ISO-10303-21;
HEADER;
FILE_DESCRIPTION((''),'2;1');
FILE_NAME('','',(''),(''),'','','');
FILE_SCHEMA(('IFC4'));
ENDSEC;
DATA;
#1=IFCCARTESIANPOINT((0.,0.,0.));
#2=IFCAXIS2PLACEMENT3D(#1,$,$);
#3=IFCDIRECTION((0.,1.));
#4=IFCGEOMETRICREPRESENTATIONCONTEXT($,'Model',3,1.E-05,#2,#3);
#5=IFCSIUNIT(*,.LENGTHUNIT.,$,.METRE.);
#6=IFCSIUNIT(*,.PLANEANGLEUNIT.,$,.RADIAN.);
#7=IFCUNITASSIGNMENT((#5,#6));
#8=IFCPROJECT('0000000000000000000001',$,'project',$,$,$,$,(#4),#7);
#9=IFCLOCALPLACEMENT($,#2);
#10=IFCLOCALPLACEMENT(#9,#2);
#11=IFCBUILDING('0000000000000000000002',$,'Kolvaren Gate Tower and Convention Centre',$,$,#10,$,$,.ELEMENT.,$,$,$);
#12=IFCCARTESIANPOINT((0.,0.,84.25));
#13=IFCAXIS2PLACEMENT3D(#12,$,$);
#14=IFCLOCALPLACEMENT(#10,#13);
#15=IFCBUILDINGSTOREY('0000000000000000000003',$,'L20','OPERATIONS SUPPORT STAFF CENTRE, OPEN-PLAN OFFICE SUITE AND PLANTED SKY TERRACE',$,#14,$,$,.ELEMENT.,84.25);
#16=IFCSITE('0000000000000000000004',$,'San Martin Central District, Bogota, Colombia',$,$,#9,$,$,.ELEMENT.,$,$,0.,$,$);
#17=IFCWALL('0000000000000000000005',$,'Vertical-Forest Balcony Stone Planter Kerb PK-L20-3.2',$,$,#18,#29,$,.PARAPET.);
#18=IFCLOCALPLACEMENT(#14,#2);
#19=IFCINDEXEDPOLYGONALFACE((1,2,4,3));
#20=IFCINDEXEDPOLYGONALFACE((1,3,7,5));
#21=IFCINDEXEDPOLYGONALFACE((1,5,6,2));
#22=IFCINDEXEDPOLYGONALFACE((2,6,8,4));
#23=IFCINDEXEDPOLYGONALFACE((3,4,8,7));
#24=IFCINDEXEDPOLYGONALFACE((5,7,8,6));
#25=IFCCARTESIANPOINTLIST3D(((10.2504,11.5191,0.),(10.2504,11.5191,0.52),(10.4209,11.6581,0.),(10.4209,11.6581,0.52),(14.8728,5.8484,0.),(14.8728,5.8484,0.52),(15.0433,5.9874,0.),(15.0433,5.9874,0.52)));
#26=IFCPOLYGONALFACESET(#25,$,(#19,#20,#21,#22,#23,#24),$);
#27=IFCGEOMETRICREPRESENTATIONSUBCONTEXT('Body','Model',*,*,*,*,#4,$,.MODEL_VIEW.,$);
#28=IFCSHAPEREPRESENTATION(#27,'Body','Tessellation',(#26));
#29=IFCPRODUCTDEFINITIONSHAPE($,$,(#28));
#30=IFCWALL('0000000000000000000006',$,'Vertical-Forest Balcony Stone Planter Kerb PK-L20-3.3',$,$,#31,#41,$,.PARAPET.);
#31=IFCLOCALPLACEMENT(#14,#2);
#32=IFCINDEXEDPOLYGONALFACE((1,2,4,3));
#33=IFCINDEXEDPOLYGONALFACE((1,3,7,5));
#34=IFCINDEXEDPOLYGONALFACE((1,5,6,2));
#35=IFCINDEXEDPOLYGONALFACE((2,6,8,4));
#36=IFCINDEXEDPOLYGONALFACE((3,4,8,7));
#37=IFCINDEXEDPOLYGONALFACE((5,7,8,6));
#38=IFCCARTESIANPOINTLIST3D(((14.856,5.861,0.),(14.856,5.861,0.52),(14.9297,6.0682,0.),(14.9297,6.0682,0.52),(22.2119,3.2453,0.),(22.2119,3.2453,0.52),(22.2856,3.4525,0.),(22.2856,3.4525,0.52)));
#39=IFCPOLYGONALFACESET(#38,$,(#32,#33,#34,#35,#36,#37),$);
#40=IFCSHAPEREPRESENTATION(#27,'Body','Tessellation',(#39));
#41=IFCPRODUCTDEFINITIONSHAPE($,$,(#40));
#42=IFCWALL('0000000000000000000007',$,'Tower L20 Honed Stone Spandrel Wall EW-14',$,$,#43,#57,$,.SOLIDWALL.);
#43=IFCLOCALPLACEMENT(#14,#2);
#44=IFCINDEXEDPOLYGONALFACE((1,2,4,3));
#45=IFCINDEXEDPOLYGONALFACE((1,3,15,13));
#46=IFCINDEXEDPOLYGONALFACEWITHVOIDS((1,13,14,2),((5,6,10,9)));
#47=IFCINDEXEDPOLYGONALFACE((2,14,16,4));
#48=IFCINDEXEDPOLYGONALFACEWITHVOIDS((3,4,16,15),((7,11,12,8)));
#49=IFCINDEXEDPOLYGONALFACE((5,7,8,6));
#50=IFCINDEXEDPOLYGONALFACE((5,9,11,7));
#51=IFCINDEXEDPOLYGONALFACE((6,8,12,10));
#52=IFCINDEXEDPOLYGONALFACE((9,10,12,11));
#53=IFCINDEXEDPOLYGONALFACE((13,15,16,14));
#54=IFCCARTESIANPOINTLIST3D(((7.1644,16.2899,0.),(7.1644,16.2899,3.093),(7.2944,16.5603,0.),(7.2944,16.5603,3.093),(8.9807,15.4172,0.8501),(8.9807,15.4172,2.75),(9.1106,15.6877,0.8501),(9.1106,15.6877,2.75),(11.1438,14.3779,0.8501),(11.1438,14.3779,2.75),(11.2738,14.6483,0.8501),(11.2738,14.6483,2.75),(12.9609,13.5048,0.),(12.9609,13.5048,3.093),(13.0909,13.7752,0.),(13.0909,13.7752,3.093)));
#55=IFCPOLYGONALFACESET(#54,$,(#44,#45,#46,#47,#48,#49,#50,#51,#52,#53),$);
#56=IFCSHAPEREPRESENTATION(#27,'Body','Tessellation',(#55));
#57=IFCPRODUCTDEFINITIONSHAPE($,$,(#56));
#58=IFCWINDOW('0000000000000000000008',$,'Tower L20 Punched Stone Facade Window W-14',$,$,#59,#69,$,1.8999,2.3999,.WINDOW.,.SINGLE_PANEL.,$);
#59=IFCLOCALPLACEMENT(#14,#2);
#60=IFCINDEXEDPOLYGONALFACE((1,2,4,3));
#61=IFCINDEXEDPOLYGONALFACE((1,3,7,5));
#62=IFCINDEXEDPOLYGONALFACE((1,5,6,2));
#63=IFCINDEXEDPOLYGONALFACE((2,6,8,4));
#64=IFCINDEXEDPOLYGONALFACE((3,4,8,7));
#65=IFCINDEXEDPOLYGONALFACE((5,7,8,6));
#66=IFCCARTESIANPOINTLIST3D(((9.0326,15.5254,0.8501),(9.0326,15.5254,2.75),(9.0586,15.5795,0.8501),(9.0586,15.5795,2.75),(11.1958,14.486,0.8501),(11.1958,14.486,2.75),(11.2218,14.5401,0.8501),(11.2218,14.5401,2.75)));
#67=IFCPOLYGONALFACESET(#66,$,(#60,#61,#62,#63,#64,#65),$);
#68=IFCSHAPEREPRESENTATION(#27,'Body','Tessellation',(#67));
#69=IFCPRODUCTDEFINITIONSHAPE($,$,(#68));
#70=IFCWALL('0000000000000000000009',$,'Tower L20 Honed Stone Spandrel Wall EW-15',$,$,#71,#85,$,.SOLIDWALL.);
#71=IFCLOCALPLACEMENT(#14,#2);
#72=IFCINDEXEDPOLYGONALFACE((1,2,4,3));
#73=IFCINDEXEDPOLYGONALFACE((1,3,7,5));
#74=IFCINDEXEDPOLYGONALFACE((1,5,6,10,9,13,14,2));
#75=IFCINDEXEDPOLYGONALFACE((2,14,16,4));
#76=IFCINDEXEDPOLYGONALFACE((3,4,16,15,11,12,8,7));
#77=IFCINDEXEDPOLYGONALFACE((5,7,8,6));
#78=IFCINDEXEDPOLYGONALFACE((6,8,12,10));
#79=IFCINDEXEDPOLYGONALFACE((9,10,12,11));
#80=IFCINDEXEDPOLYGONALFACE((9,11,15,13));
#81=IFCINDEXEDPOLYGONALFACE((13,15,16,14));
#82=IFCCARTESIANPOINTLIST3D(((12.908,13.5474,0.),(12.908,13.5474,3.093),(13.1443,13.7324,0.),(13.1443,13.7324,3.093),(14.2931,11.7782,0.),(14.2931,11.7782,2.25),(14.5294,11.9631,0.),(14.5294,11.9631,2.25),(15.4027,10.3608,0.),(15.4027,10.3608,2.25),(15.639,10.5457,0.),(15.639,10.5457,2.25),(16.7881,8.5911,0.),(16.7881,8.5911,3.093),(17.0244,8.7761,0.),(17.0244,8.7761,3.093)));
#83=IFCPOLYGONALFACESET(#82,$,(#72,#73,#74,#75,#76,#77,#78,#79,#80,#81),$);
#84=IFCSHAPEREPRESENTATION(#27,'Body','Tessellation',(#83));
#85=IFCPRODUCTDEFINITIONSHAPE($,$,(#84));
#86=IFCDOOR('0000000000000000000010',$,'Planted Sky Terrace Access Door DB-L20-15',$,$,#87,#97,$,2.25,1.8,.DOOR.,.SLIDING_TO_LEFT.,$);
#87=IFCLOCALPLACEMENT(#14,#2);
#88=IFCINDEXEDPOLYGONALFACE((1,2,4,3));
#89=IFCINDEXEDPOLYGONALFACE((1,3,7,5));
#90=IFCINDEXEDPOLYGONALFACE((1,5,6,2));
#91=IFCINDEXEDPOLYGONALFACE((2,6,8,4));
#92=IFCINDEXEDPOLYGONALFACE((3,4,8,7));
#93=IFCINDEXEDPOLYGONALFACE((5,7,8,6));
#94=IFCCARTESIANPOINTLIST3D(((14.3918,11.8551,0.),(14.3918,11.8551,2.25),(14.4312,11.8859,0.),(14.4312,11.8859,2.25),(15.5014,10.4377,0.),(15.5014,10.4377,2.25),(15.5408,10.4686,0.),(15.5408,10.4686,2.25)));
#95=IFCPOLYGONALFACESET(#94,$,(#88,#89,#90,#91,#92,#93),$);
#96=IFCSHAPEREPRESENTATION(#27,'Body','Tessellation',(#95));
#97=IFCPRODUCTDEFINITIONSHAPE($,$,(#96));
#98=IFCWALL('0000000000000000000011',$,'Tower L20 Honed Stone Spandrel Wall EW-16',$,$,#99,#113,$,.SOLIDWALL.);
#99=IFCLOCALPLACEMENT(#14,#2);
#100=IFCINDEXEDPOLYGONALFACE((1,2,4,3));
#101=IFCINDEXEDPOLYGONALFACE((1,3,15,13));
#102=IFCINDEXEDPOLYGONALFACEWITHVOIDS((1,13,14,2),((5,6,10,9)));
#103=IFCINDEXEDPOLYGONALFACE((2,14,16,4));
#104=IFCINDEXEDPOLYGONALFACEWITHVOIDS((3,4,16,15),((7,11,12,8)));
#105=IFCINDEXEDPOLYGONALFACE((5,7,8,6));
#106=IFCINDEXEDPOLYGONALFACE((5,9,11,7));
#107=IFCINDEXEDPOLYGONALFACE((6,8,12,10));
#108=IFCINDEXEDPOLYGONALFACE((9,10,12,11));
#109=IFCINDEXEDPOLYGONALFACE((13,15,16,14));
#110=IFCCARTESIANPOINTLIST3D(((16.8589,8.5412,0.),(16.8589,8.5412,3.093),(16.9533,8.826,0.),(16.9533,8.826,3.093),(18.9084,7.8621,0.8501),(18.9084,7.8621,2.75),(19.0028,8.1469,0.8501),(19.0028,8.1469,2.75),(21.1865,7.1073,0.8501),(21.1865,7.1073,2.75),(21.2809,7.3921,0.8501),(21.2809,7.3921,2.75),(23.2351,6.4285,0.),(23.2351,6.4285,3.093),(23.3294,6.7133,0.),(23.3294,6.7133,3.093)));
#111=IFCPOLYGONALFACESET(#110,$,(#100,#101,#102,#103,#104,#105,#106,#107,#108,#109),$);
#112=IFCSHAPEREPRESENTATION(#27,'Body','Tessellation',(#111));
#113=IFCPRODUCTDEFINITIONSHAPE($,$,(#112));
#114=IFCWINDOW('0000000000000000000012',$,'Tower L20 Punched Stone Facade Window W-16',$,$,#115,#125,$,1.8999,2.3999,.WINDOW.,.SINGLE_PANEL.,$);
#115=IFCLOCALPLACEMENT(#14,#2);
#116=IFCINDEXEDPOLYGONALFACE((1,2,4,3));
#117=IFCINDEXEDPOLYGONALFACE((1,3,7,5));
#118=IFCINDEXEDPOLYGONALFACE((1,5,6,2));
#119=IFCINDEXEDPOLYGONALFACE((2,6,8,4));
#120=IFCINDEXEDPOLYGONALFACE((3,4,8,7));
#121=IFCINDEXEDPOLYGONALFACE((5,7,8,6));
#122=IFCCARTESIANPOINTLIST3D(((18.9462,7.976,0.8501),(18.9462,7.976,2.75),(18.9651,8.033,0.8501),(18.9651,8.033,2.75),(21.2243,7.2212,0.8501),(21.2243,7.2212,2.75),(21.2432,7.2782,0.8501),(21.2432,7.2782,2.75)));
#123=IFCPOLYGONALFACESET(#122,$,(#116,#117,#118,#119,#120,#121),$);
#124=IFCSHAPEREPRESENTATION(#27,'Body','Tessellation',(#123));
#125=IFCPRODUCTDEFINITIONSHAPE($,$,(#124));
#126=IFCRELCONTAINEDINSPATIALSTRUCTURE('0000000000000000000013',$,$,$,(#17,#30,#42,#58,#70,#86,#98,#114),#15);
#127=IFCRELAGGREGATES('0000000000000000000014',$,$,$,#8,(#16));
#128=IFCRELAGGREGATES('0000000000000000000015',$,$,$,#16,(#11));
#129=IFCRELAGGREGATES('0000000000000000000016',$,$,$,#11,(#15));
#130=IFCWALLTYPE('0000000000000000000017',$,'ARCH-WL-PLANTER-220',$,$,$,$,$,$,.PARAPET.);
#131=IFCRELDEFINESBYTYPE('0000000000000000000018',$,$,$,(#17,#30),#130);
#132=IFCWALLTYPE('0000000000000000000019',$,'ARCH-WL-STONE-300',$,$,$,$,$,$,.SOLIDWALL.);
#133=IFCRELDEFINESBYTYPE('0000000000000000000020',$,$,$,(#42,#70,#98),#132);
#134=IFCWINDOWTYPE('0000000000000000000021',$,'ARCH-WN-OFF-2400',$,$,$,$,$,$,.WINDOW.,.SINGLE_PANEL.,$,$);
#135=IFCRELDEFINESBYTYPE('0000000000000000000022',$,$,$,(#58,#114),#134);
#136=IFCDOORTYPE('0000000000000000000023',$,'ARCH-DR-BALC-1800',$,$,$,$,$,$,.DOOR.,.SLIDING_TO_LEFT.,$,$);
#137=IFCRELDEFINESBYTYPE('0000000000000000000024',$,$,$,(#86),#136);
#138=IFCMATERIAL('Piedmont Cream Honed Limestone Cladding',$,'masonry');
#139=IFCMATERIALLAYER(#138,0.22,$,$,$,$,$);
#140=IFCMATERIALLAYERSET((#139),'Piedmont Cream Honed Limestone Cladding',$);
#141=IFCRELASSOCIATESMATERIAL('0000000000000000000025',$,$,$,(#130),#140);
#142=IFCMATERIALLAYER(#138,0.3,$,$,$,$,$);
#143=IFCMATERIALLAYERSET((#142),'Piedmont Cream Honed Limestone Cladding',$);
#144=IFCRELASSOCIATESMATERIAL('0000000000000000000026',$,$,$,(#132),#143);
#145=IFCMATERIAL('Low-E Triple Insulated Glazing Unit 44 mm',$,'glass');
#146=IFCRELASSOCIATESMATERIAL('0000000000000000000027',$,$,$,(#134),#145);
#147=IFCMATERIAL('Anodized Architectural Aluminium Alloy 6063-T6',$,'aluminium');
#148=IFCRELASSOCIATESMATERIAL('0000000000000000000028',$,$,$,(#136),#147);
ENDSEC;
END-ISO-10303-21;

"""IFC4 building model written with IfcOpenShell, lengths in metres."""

from ifc_helpers import new_model, si_unit, direction, frame, frame_2d, origin, place, context, subcontext, project, spatial, rectangle, extrude, material, layer, layer_set, type_object, element, fill, save


model = new_model("IFC4")

# Units and contexts
model_context = context("Model", 3, precision=1e-05, world=origin(), true_north=direction((0.0, 1.0)))
body_context = subcontext(model_context, "Body", "Model", "MODEL_VIEW")
ifc_project = project(units=[si_unit("LENGTHUNIT", "METRE"), si_unit("PLANEANGLEUNIT", "RADIAN")], contexts=[model_context])

# Site, building, storey
site_placement = place(None, origin())
site = spatial("IfcSite", under=ifc_project, at=site_placement, Name="San Martin Central District, Bogota, Colombia", CompositionType="ELEMENT", RefElevation=0.0)
building_placement = place(site_placement, origin())
building = spatial("IfcBuilding", under=site, at=building_placement, Name="Kolvaren Gate Tower and Convention Centre", CompositionType="ELEMENT")
storey_placement = place(building_placement, frame((0.0, 0.0, 84.25)))
storey = spatial("IfcBuildingStorey", under=building, at=storey_placement, Name="L20", Description="OPERATIONS SUPPORT STAFF CENTRE, OPEN-PLAN OFFICE SUITE AND PLANTED SKY TERRACE", CompositionType="ELEMENT", Elevation=84.25)

# Walls
ifc_material_1 = material(Name="Piedmont Cream Honed Limestone Cladding", Category="masonry")
ifc_layer_1 = layer(ifc_material_1, 0.22)
ifc_layer_set_1 = layer_set([ifc_layer_1], Name="Piedmont Cream Honed Limestone Cladding")
wall_type_1 = type_object("IfcWallType", Name="ARCH-WL-PLANTER-220", PredefinedType="PARAPET", material=ifc_layer_set_1)
wall_1_placement = place(storey_placement, frame((10.3357, 11.5886, 0.0), z_axis=(0.0, 0.0, 1.0), x_axis=(0.631819, -0.775116, 0.0)))
element("IfcWall", 1, at=wall_1_placement, inside=storey, type_object=wall_type_1, Name="Vertical-Forest Balcony Stone Planter Kerb PK-L20-3.2", PredefinedType="PARAPET", context=body_context, shape_type="SweptSolid", body=[
    extrude(rectangle(XDim=7.3159, YDim=0.22, at=frame_2d((3.658, 0.0))), origin(), (0.0, 0.0, 1.0), 0.52),
])
wall_2_placement = place(storey_placement, frame((14.8928, 5.9646, 0.0), z_axis=(0.0, 0.0, 1.0), x_axis=(0.942204, -0.335041, 0.0)))
element("IfcWall", 2, at=wall_2_placement, inside=storey, type_object=wall_type_1, Name="Vertical-Forest Balcony Stone Planter Kerb PK-L20-3.3", PredefinedType="PARAPET", context=body_context, shape_type="SweptSolid", body=[
    extrude(rectangle(XDim=7.8071, YDim=0.22, at=frame_2d((3.9036, 0.0))), origin(), (0.0, 0.0, 1.0), 0.52),
])

# Wall, opening, window
ifc_layer_2 = layer(ifc_material_1, 0.3)
ifc_layer_set_2 = layer_set([ifc_layer_2], Name="Piedmont Cream Honed Limestone Cladding")
wall_type_2 = type_object("IfcWallType", Name="ARCH-WL-STONE-300", PredefinedType="SOLIDWALL", material=ifc_layer_set_2)
wall_3_placement = place(storey_placement, frame((7.2295, 16.425, 0.0), z_axis=(0.0, 0.0, 1.0), x_axis=(0.901355, -0.433082, 0.0)))
wall_3 = element("IfcWall", 3, at=wall_3_placement, inside=storey, type_object=wall_type_2, Name="Tower L20 Honed Stone Spandrel Wall EW-14", PredefinedType="SOLIDWALL", context=body_context, shape_type="SweptSolid", body=[
    extrude(rectangle(XDim=6.4309, YDim=0.3, at=frame_2d((3.2153, 0.0))), origin(), (0.0, 0.0, 1.0), 3.093),
])
opening_1_placement = place(wall_3_placement, frame((2.0149, 0.0, 0.8501)))
opening_1 = element("IfcOpeningElement", 4, at=opening_1_placement, cuts=wall_3, PredefinedType="OPENING", context=body_context, shape_type="SweptSolid", body=[
    extrude(rectangle(XDim=2.3999, YDim=1.8999, at=frame_2d((1.2, 0.95))), frame((0.0, 0.1599, 0.0), z_axis=(0.0, -1.0, 0.0), x_axis=(1.0, 0.0, 0.0)), (0.0, 0.0, 1.0), 0.3201),
])
ifc_material_2 = material(Name="Low-E Triple Insulated Glazing Unit 44 mm", Category="glass")
window_type = type_object("IfcWindowType", Name="ARCH-WN-OFF-2400", PartitioningType="SINGLE_PANEL", PredefinedType="WINDOW", material=ifc_material_2)
window_1_placement = place(opening_1_placement, origin())
window_1 = element("IfcWindow", 5, at=window_1_placement, inside=storey, type_object=window_type, Name="Tower L20 Punched Stone Facade Window W-14", OverallHeight=1.8999, OverallWidth=2.3999, PartitioningType="SINGLE_PANEL", PredefinedType="WINDOW", context=body_context, shape_type="SweptSolid", body=[
    extrude(rectangle(XDim=2.3999, YDim=1.8999, at=frame_2d((1.2, 0.95))), frame((0.0, 0.03, 0.0), z_axis=(0.0, -1.0, 0.0), x_axis=(1.0, 0.0, 0.0)), (0.0, 0.0, 1.0), 0.0601),
])
fill(opening_1, window_1)

# Wall, opening, door
wall_4_placement = place(storey_placement, frame((13.0261, 13.6399, 0.0), z_axis=(0.0, 0.0, 1.0), x_axis=(0.616435, -0.787406, 0.0)))
wall_4 = element("IfcWall", 6, at=wall_4_placement, inside=storey, type_object=wall_type_2, Name="Tower L20 Honed Stone Spandrel Wall EW-15", PredefinedType="SOLIDWALL", context=body_context, shape_type="SweptSolid", body=[
    extrude(rectangle(XDim=6.2944, YDim=0.3, at=frame_2d((3.1472, 0.0))), origin(), (0.0, 0.0, 1.0), 3.093),
])
opening_2_placement = place(wall_4_placement, frame((2.2471, 0.0, 0.0)))
opening_2 = element("IfcOpeningElement", 7, at=opening_2_placement, cuts=wall_4, PredefinedType="OPENING", context=body_context, shape_type="SweptSolid", body=[
    extrude(rectangle(XDim=1.8, YDim=2.25, at=frame_2d((0.8999, 1.125))), frame((0.0, 0.1599, 0.0), z_axis=(0.0, -1.0, 0.0), x_axis=(1.0, 0.0, 0.0)), (0.0, 0.0, 1.0), 0.3201),
])
ifc_material_3 = material(Name="Anodized Architectural Aluminium Alloy 6063-T6", Category="aluminium")
door_type = type_object("IfcDoorType", Name="ARCH-DR-BALC-1800", OperationType="SLIDING_TO_LEFT", PredefinedType="DOOR", material=ifc_material_3)
door_placement = place(opening_2_placement, frame((1.8, 0.0, 0.0), z_axis=(0.0, 0.0, 1.0), x_axis=(-1.0, 0.0, 0.0)))
door = element("IfcDoor", 8, at=door_placement, inside=storey, type_object=door_type, Name="Planted Sky Terrace Access Door DB-L20-15", OperationType="SLIDING_TO_LEFT", OverallHeight=2.25, OverallWidth=1.8, PredefinedType="DOOR", context=body_context, shape_type="SweptSolid", body=[
    extrude(rectangle(XDim=1.8, YDim=2.25, at=frame_2d((0.8999, 1.125))), frame((0.0, 0.0249, 0.0), z_axis=(0.0, -1.0, 0.0), x_axis=(1.0, 0.0, 0.0)), (0.0, 0.0, 1.0), 0.05),
])
fill(opening_2, door)

# Wall, opening, window
wall_5_placement = place(storey_placement, frame((16.9062, 8.6836, 0.0), z_axis=(0.0, 0.0, 1.0), x_axis=(0.949245, -0.314537, 0.0)))
wall_5 = element("IfcWall", 9, at=wall_5_placement, inside=storey, type_object=wall_type_2, Name="Tower L20 Honed Stone Spandrel Wall EW-16", PredefinedType="SOLIDWALL", context=body_context, shape_type="SweptSolid", body=[
    extrude(rectangle(XDim=6.717, YDim=0.3, at=frame_2d((3.3584, 0.0))), origin(), (0.0, 0.0, 1.0), 3.093),
])
opening_3_placement = place(wall_5_placement, frame((2.1589, 0.0, 0.8501)))
opening_3 = element("IfcOpeningElement", 10, at=opening_3_placement, cuts=wall_5, PredefinedType="OPENING", context=body_context, shape_type="SweptSolid", body=[
    extrude(rectangle(XDim=2.3999, YDim=1.8999, at=frame_2d((1.2, 0.95))), frame((0.0, 0.1599, 0.0), z_axis=(0.0, -1.0, 0.0), x_axis=(1.0, 0.0, 0.0)), (0.0, 0.0, 1.0), 0.3201),
])
window_2_placement = place(opening_3_placement, origin())
window_2 = element("IfcWindow", 11, at=window_2_placement, inside=storey, type_object=window_type, Name="Tower L20 Punched Stone Facade Window W-16", OverallHeight=1.8999, OverallWidth=2.3999, PartitioningType="SINGLE_PANEL", PredefinedType="WINDOW", context=body_context, shape_type="SweptSolid", body=[
    extrude(rectangle(XDim=2.3999, YDim=1.8999, at=frame_2d((1.2, 0.95))), frame((0.0, 0.03, 0.0), z_axis=(0.0, -1.0, 0.0), x_axis=(1.0, 0.0, 0.0)), (0.0, 0.0, 1.0), 0.0601),
])
fill(opening_3, window_2)

save(model, "model.ifc")
